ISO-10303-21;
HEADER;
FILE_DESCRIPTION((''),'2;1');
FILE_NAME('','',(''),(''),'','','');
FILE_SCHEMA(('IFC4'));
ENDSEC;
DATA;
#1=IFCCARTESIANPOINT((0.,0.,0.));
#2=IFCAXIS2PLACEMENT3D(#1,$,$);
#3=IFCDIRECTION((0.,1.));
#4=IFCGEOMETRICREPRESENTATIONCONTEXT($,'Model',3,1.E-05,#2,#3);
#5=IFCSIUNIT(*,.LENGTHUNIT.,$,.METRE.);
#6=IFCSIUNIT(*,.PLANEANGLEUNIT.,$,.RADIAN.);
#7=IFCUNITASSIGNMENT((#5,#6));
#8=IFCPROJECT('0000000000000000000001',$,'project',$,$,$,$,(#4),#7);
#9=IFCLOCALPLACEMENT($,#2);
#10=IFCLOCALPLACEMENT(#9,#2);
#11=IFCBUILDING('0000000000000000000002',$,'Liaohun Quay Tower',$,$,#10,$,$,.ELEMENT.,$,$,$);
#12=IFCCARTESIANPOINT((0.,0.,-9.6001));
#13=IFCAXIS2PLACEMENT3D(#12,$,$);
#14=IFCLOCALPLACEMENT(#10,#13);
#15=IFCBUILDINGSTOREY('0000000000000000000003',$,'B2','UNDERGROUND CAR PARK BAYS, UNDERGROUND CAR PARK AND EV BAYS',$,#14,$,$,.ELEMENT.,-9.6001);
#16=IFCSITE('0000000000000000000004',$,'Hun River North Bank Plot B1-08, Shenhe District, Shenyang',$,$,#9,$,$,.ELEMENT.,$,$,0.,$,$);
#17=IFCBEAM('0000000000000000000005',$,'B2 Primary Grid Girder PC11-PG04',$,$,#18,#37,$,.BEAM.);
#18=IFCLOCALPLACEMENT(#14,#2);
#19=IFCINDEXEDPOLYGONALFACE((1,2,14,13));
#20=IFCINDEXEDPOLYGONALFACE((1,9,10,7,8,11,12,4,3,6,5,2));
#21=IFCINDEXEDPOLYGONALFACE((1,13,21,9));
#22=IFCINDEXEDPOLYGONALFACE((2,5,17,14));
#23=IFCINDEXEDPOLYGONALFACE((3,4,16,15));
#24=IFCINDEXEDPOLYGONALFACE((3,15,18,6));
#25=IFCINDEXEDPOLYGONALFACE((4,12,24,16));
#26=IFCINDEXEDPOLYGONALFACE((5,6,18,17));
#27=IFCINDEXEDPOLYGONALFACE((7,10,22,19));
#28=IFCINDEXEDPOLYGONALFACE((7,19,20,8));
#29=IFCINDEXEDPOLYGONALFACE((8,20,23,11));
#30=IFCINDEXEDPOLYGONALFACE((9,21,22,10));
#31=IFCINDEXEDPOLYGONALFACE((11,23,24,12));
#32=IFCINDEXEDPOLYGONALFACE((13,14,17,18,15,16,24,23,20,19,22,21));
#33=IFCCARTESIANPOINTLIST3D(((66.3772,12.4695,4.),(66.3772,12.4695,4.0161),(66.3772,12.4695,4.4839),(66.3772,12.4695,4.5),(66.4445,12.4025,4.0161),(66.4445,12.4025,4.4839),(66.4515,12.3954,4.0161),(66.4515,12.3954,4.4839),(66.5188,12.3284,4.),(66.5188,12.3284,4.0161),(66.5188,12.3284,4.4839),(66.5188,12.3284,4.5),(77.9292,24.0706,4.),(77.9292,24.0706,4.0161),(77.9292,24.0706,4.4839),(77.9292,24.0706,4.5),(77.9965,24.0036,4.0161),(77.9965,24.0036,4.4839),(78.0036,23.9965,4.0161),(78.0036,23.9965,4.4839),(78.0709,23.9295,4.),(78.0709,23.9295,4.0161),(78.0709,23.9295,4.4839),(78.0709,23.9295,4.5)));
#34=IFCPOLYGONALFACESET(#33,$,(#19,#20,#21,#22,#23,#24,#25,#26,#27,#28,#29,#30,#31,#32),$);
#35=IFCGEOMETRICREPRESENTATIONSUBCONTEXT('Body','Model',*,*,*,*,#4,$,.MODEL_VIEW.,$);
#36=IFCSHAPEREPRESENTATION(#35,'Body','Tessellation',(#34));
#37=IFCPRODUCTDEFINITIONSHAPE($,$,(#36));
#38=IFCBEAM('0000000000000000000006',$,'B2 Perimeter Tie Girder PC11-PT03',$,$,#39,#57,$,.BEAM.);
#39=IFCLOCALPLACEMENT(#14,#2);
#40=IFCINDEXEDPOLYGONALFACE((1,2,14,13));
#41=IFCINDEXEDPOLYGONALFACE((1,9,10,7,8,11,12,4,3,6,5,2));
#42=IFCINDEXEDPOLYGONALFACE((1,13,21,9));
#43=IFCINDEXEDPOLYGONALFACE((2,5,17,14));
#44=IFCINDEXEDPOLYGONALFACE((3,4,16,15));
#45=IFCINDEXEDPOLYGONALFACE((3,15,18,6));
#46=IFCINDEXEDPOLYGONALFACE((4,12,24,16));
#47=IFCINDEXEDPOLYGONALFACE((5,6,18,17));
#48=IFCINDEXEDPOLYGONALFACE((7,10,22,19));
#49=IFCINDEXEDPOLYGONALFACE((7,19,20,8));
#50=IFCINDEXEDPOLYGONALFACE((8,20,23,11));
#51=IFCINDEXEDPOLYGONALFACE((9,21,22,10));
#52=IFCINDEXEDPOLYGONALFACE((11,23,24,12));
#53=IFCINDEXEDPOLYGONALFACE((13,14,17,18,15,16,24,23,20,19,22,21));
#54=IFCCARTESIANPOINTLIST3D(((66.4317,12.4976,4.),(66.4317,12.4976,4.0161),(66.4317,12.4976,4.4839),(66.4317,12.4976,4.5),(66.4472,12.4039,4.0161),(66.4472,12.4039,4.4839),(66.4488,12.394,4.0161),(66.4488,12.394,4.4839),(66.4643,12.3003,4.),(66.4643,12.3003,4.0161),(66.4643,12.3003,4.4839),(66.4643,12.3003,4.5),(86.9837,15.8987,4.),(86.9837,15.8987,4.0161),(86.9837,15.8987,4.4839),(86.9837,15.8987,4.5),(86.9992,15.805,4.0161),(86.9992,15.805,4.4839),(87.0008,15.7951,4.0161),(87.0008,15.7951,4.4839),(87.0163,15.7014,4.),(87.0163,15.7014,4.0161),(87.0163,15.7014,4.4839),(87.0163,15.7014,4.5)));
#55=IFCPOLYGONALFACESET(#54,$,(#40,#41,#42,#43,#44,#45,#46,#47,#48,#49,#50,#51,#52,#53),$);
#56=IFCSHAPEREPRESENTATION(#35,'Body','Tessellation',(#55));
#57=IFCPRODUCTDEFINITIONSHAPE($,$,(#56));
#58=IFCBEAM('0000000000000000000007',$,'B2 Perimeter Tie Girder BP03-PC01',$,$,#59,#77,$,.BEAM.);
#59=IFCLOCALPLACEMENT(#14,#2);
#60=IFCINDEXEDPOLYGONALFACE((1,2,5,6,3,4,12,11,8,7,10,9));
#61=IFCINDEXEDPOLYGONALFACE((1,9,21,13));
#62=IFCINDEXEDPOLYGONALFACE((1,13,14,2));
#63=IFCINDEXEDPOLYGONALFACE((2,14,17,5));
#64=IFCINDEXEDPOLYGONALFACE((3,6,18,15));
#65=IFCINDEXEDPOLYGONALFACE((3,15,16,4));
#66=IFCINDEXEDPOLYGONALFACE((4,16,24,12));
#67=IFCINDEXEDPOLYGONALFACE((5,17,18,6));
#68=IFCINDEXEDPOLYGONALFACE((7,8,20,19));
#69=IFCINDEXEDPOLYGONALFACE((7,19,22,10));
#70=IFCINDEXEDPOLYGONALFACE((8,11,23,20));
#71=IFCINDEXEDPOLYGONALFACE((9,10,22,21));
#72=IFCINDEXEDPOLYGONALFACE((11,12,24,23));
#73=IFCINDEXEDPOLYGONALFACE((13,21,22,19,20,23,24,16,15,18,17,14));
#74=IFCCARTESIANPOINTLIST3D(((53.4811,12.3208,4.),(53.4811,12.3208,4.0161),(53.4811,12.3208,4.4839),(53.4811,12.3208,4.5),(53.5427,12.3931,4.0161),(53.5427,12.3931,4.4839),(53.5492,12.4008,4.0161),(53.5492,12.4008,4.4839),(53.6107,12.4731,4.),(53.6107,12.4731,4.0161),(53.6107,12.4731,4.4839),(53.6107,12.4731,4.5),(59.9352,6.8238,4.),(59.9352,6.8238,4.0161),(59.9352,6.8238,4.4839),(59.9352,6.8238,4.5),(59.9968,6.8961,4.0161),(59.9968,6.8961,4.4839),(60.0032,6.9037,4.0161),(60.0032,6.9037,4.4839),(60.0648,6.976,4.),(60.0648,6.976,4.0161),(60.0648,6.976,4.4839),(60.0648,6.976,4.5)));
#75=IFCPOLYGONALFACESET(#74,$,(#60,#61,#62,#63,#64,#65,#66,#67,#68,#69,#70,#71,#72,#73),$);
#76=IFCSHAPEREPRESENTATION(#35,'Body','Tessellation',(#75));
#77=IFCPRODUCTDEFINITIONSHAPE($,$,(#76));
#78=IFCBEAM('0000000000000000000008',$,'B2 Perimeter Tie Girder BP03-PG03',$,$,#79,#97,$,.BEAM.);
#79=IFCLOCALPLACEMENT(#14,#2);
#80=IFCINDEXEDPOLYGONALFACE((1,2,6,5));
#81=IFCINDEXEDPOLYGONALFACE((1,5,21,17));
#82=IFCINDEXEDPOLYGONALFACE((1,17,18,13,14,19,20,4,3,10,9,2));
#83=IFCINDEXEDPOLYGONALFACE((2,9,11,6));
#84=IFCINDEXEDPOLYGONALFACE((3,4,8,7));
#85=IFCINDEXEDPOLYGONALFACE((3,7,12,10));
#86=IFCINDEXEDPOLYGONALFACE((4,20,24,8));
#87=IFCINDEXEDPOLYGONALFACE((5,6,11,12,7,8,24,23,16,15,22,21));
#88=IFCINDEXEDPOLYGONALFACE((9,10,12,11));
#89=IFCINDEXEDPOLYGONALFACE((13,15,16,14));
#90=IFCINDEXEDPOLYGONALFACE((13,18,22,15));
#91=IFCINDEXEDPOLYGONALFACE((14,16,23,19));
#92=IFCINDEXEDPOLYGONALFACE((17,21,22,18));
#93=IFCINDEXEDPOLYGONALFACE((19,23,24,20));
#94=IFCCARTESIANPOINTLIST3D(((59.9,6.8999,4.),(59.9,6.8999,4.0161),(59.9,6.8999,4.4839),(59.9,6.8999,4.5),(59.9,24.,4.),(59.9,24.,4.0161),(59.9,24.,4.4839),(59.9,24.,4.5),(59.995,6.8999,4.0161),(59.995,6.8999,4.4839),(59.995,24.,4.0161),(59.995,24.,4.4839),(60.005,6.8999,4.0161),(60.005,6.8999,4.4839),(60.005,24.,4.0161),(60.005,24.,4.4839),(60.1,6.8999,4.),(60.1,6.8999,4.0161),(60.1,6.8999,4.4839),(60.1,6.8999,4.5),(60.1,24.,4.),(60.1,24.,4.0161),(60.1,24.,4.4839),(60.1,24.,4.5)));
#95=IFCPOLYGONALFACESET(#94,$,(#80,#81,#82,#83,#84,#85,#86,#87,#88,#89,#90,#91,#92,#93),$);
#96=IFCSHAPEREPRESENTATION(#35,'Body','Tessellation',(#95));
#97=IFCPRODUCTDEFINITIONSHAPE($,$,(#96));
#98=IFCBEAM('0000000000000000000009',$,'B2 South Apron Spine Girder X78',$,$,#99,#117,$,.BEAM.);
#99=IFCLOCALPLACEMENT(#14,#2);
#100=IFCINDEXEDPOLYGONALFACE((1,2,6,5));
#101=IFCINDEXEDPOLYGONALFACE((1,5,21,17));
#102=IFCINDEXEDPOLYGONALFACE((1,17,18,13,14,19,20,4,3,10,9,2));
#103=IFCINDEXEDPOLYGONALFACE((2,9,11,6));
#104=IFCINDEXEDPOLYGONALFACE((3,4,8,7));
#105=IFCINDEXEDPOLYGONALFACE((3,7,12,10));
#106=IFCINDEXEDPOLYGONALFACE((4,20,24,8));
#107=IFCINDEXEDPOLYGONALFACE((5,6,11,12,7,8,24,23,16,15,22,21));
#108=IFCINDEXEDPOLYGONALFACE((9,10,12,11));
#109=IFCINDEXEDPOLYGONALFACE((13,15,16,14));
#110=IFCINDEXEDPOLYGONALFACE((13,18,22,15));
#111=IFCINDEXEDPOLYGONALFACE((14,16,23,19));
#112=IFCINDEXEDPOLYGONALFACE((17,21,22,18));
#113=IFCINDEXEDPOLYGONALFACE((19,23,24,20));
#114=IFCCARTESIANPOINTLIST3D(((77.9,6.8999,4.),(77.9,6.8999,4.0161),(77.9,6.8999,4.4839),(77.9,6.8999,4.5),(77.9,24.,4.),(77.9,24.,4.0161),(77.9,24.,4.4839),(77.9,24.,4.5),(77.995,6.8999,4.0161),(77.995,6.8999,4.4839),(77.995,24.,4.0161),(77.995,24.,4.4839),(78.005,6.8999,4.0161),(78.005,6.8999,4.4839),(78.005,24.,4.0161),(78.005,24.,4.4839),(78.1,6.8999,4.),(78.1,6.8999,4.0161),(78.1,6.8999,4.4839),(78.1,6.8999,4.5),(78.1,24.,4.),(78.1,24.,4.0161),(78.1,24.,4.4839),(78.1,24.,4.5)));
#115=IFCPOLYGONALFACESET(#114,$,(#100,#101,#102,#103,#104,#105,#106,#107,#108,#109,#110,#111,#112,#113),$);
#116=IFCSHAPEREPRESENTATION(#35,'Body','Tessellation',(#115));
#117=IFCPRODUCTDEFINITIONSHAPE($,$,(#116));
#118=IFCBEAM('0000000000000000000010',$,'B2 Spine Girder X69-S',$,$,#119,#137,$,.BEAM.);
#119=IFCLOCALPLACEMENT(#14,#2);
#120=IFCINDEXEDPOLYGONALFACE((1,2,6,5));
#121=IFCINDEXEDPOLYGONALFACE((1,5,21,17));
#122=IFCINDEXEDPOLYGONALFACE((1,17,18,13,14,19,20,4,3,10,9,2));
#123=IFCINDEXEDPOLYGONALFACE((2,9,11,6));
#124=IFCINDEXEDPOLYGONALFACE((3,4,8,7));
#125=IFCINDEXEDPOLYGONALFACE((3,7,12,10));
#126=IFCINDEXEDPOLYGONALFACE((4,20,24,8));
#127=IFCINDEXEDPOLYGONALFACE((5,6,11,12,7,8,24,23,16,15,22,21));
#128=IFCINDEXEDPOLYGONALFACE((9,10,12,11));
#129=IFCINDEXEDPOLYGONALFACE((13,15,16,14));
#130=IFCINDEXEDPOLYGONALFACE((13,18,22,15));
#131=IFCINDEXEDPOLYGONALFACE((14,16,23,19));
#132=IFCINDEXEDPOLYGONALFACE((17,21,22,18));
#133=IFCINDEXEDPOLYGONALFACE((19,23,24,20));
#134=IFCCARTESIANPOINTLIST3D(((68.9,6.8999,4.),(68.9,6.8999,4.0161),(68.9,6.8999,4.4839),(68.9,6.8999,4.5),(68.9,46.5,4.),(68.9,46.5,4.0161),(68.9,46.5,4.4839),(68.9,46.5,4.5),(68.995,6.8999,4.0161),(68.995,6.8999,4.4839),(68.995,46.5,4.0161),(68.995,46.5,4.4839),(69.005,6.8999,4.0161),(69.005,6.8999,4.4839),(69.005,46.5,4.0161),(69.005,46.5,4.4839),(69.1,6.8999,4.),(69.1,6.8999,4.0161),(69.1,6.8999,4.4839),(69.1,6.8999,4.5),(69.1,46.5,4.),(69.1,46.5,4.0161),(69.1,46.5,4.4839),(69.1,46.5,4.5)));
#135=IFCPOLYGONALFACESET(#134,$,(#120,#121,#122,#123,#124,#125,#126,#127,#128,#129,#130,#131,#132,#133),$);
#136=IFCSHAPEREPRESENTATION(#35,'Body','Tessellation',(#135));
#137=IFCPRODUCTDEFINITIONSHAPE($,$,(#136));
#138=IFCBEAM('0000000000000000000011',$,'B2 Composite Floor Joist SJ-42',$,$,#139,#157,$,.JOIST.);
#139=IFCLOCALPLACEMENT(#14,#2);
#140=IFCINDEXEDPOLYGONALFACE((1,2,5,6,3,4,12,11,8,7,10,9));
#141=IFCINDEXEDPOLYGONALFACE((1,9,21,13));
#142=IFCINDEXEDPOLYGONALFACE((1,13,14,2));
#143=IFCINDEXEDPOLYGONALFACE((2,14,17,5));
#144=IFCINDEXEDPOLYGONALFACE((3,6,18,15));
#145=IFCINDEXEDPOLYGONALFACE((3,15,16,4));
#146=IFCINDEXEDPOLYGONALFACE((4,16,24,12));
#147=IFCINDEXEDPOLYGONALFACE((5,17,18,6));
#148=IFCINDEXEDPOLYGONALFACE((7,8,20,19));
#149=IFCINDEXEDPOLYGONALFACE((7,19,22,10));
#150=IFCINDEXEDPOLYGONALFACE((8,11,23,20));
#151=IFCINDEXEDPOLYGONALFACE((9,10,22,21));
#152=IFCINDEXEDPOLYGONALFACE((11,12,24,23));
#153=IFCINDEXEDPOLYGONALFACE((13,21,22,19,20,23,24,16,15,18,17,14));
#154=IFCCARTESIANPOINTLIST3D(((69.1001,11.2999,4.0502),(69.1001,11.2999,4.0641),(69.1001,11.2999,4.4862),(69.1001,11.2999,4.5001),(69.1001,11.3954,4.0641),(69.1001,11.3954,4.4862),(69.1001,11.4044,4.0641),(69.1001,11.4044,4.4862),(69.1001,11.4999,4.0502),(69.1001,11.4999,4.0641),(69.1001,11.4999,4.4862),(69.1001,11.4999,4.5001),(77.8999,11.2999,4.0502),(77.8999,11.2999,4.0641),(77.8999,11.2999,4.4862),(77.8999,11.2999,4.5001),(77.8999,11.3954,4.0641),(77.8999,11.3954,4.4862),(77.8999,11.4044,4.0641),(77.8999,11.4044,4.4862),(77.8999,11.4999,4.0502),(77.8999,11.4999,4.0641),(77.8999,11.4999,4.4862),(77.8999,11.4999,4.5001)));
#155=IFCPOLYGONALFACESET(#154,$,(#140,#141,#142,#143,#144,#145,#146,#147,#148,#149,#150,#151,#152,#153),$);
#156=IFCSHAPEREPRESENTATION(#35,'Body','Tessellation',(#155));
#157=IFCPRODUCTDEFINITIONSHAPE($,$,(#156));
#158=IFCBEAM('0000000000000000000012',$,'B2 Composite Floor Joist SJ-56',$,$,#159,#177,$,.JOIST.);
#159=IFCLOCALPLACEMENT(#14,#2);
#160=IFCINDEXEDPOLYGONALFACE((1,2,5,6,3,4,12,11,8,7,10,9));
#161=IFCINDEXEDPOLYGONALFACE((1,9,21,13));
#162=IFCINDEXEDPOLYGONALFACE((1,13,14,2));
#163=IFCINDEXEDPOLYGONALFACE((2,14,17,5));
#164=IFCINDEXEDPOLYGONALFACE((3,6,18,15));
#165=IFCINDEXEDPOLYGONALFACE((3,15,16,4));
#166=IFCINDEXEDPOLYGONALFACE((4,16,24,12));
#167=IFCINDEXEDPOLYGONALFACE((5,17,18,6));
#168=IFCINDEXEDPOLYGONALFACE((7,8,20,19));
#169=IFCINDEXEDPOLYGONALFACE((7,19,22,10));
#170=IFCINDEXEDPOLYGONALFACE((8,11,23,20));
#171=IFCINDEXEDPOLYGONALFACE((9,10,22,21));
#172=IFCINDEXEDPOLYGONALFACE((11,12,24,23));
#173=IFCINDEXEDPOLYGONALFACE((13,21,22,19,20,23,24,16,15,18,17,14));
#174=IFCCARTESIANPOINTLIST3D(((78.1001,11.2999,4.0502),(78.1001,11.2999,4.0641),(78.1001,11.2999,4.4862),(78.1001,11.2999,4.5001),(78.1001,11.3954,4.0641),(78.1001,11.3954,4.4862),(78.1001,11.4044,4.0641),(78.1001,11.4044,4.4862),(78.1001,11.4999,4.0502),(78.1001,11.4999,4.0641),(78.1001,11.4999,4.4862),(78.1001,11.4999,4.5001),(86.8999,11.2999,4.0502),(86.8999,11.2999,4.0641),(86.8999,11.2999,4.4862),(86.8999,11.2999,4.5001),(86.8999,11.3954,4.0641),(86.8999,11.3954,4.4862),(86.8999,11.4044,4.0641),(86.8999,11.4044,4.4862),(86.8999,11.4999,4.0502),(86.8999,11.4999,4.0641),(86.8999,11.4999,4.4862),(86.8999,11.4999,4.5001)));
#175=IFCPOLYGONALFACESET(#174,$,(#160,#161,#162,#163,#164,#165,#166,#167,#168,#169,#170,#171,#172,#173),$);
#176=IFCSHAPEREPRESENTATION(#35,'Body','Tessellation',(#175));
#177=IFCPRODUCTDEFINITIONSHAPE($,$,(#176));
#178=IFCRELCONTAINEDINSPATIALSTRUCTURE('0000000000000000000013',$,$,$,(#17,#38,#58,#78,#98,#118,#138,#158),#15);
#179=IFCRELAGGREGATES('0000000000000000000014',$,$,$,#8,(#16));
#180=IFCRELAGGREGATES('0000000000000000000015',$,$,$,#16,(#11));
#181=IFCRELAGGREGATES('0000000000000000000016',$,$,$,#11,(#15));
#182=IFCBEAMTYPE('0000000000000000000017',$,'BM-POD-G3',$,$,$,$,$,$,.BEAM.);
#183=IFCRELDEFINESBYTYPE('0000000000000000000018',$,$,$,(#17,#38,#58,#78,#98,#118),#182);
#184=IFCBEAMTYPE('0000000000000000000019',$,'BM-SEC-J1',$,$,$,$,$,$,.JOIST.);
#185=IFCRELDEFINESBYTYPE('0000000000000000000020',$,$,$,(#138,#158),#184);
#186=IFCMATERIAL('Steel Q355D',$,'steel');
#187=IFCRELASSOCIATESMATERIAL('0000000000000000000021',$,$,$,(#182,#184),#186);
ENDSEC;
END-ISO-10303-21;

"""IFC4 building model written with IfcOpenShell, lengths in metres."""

from ifc_helpers import new_model, si_unit, direction, frame, origin, origin_2d, place, context, subcontext, project, spatial, i_section, extrude, source, transform, mapped, material, material_profile, profile_set, type_object, element, save


model = new_model("IFC4")

# Units and contexts
model_context = context("Model", 3, precision=1e-05, world=origin(), true_north=direction((0.0, 1.0)))
body_context = subcontext(model_context, "Body", "Model", "MODEL_VIEW")
ifc_project = project(units=[si_unit("LENGTHUNIT", "METRE"), si_unit("PLANEANGLEUNIT", "RADIAN")], contexts=[model_context])

# Site, building, storey
site_placement = place(None, origin())
site = spatial("IfcSite", under=ifc_project, at=site_placement, Name="Hun River North Bank Plot B1-08, Shenhe District, Shenyang", CompositionType="ELEMENT", RefElevation=0.0)
building_placement = place(site_placement, origin())
building = spatial("IfcBuilding", under=site, at=building_placement, Name="Liaohun Quay Tower", CompositionType="ELEMENT")
storey_placement = place(building_placement, frame((0.0, 0.0, -9.6001)))
storey = spatial("IfcBuildingStorey", under=building, at=storey_placement, Name="B2", Description="UNDERGROUND CAR PARK BAYS, UNDERGROUND CAR PARK AND EV BAYS", CompositionType="ELEMENT", Elevation=-9.6001)

# Beams
ifc_material_1 = material(Name="Steel Q355D", Category="steel")
ifc_material_profile_1 = material_profile(ifc_material_1, i_section(OverallWidth=0.2, OverallDepth=0.5, WebThickness=0.01, FlangeThickness=0.0161, at=origin_2d()), Name="HN500x200x10x16")
ifc_profile_set_1 = profile_set([ifc_material_profile_1], Name="Steel Q355D")
beam_type_1 = type_object("IfcBeamType", Name="BM-POD-G3", PredefinedType="BEAM", material=ifc_profile_set_1)
shared_shape_1 = source(origin(), body_context, "Body", "SweptSolid", [
    extrude(i_section(OverallWidth=0.2, OverallDepth=0.5, WebThickness=0.01, FlangeThickness=0.0161, at=origin_2d()), origin(), (0.0, 0.0, 1.0), 16.3718),
])
beam_1_placement = place(storey_placement, frame((66.448, 12.3989, 4.25), z_axis=(0.705607, 0.708604, 0.0), x_axis=(-0.708604, 0.705607, 0.0)))
element("IfcBeam", 1, at=beam_1_placement, inside=storey, type_object=beam_type_1, Name="B2 Primary Grid Girder PC11-PG04", PredefinedType="BEAM", context=body_context, shape_type="MappedRepresentation", body=[
    mapped(shared_shape_1, transform((0.0, 0.0, 0.0), x_axis=(1.0, 0.0, 0.0), y_axis=(0.0, 1.0, 0.0), z_axis=(0.0, 0.0, 1.0), scale=1.0)),
])
shared_shape_2 = source(origin(), body_context, "Body", "SweptSolid", [
    extrude(i_section(OverallWidth=0.2, OverallDepth=0.5, WebThickness=0.01, FlangeThickness=0.0161, at=origin_2d()), origin(), (0.0, 0.0, 1.0), 20.8315),
])
beam_2_placement = place(storey_placement, frame((66.448, 12.3989, 4.25), z_axis=(0.986582, 0.163268, 0.0), x_axis=(-0.163268, 0.986582, 0.0)))
element("IfcBeam", 2, at=beam_2_placement, inside=storey, type_object=beam_type_1, Name="B2 Perimeter Tie Girder PC11-PT03", PredefinedType="BEAM", context=body_context, shape_type="MappedRepresentation", body=[
    mapped(shared_shape_2, transform((0.0, 0.0, 0.0), x_axis=(1.0, 0.0, 0.0), y_axis=(0.0, 1.0, 0.0), z_axis=(0.0, 0.0, 1.0), scale=1.0)),
])
shared_shape_3 = source(origin(), body_context, "Body", "SweptSolid", [
    extrude(i_section(OverallWidth=0.2, OverallDepth=0.5, WebThickness=0.01, FlangeThickness=0.0161, at=origin_2d()), origin(), (0.0, 0.0, 1.0), 8.4778),
])
beam_3_placement = place(storey_placement, frame((60.0, 6.8999, 4.25), z_axis=(-0.761294, 0.648407, 0.0), x_axis=(-0.648407, -0.761294, 0.0)))
element("IfcBeam", 3, at=beam_3_placement, inside=storey, type_object=beam_type_1, Name="B2 Perimeter Tie Girder BP03-PC01", PredefinedType="BEAM", context=body_context, shape_type="MappedRepresentation", body=[
    mapped(shared_shape_3, transform((0.0, 0.0, 0.0), x_axis=(1.0, 0.0, 0.0), y_axis=(0.0, 1.0, 0.0), z_axis=(0.0, 0.0, 1.0), scale=1.0)),
])
shared_shape_4 = source(origin(), body_context, "Body", "SweptSolid", [
    extrude(i_section(OverallWidth=0.2, OverallDepth=0.5, WebThickness=0.01, FlangeThickness=0.0161, at=origin_2d()), origin(), (0.0, 0.0, 1.0), 17.1001),
])
for number, where, z_axis, x_axis, name in (
    (4, (60.0, 6.8999, 4.25), (0.0, 1.0, 0.0), (-1.0, 0.0, 0.0), "B2 Perimeter Tie Girder BP03-PG03"),
    (5, (78.0, 6.8999, 4.25), (0.0, 1.0, 0.0), (-1.0, 0.0, 0.0), "B2 South Apron Spine Girder X78"),
):
    element("IfcBeam", number, at=place(storey_placement, frame(where, z_axis=z_axis, x_axis=x_axis)), inside=storey, type_object=beam_type_1, Name=name, PredefinedType="BEAM", context=body_context, shape_type="MappedRepresentation", body=[
        mapped(shared_shape_4, transform((0.0, 0.0, 0.0), x_axis=(1.0, 0.0, 0.0), y_axis=(0.0, 1.0, 0.0), z_axis=(0.0, 0.0, 1.0), scale=1.0)),
    ])
shared_shape_5 = source(origin(), body_context, "Body", "SweptSolid", [
    extrude(i_section(OverallWidth=0.2, OverallDepth=0.5, WebThickness=0.01, FlangeThickness=0.0161, at=origin_2d()), origin(), (0.0, 0.0, 1.0), 39.6001),
])
beam_4_placement = place(storey_placement, frame((69.0, 6.8999, 4.25), z_axis=(0.0, 1.0, 0.0), x_axis=(-1.0, 0.0, 0.0)))
element("IfcBeam", 6, at=beam_4_placement, inside=storey, type_object=beam_type_1, Name="B2 Spine Girder X69-S", PredefinedType="BEAM", context=body_context, shape_type="MappedRepresentation", body=[
    mapped(shared_shape_5, transform((0.0, 0.0, 0.0), x_axis=(1.0, 0.0, 0.0), y_axis=(0.0, 1.0, 0.0), z_axis=(0.0, 0.0, 1.0), scale=1.0)),
])
ifc_material_profile_2 = material_profile(ifc_material_1, i_section(OverallWidth=0.2, OverallDepth=0.45, WebThickness=0.009, FlangeThickness=0.0139, at=origin_2d()), Name="HN450x200x9x14")
ifc_profile_set_2 = profile_set([ifc_material_profile_2], Name="Steel Q355D")
beam_type_2 = type_object("IfcBeamType", Name="BM-SEC-J1", PredefinedType="JOIST", material=ifc_profile_set_2)
shared_shape_6 = source(origin(), body_context, "Body", "SweptSolid", [
    extrude(i_section(OverallWidth=0.2, OverallDepth=0.45, WebThickness=0.009, FlangeThickness=0.0139, at=origin_2d()), origin(), (0.0, 0.0, 1.0), 8.7998),
])
for number, where, z_axis, x_axis, name in (
    (7, (69.1001, 11.3999, 4.2751), (1.0, 0.0, 0.0), (0.0, 1.0, 0.0), "B2 Composite Floor Joist SJ-42"),
    (8, (78.1001, 11.3999, 4.2751), (1.0, 0.0, 0.0), (0.0, 1.0, 0.0), "B2 Composite Floor Joist SJ-56"),
):
    element("IfcBeam", number, at=place(storey_placement, frame(where, z_axis=z_axis, x_axis=x_axis)), inside=storey, type_object=beam_type_2, Name=name, PredefinedType="JOIST", context=body_context, shape_type="MappedRepresentation", body=[
        mapped(shared_shape_6, transform((0.0, 0.0, 0.0), x_axis=(1.0, 0.0, 0.0), y_axis=(0.0, 1.0, 0.0), z_axis=(0.0, 0.0, 1.0), scale=1.0)),
    ])

save(model, "model.ifc")
